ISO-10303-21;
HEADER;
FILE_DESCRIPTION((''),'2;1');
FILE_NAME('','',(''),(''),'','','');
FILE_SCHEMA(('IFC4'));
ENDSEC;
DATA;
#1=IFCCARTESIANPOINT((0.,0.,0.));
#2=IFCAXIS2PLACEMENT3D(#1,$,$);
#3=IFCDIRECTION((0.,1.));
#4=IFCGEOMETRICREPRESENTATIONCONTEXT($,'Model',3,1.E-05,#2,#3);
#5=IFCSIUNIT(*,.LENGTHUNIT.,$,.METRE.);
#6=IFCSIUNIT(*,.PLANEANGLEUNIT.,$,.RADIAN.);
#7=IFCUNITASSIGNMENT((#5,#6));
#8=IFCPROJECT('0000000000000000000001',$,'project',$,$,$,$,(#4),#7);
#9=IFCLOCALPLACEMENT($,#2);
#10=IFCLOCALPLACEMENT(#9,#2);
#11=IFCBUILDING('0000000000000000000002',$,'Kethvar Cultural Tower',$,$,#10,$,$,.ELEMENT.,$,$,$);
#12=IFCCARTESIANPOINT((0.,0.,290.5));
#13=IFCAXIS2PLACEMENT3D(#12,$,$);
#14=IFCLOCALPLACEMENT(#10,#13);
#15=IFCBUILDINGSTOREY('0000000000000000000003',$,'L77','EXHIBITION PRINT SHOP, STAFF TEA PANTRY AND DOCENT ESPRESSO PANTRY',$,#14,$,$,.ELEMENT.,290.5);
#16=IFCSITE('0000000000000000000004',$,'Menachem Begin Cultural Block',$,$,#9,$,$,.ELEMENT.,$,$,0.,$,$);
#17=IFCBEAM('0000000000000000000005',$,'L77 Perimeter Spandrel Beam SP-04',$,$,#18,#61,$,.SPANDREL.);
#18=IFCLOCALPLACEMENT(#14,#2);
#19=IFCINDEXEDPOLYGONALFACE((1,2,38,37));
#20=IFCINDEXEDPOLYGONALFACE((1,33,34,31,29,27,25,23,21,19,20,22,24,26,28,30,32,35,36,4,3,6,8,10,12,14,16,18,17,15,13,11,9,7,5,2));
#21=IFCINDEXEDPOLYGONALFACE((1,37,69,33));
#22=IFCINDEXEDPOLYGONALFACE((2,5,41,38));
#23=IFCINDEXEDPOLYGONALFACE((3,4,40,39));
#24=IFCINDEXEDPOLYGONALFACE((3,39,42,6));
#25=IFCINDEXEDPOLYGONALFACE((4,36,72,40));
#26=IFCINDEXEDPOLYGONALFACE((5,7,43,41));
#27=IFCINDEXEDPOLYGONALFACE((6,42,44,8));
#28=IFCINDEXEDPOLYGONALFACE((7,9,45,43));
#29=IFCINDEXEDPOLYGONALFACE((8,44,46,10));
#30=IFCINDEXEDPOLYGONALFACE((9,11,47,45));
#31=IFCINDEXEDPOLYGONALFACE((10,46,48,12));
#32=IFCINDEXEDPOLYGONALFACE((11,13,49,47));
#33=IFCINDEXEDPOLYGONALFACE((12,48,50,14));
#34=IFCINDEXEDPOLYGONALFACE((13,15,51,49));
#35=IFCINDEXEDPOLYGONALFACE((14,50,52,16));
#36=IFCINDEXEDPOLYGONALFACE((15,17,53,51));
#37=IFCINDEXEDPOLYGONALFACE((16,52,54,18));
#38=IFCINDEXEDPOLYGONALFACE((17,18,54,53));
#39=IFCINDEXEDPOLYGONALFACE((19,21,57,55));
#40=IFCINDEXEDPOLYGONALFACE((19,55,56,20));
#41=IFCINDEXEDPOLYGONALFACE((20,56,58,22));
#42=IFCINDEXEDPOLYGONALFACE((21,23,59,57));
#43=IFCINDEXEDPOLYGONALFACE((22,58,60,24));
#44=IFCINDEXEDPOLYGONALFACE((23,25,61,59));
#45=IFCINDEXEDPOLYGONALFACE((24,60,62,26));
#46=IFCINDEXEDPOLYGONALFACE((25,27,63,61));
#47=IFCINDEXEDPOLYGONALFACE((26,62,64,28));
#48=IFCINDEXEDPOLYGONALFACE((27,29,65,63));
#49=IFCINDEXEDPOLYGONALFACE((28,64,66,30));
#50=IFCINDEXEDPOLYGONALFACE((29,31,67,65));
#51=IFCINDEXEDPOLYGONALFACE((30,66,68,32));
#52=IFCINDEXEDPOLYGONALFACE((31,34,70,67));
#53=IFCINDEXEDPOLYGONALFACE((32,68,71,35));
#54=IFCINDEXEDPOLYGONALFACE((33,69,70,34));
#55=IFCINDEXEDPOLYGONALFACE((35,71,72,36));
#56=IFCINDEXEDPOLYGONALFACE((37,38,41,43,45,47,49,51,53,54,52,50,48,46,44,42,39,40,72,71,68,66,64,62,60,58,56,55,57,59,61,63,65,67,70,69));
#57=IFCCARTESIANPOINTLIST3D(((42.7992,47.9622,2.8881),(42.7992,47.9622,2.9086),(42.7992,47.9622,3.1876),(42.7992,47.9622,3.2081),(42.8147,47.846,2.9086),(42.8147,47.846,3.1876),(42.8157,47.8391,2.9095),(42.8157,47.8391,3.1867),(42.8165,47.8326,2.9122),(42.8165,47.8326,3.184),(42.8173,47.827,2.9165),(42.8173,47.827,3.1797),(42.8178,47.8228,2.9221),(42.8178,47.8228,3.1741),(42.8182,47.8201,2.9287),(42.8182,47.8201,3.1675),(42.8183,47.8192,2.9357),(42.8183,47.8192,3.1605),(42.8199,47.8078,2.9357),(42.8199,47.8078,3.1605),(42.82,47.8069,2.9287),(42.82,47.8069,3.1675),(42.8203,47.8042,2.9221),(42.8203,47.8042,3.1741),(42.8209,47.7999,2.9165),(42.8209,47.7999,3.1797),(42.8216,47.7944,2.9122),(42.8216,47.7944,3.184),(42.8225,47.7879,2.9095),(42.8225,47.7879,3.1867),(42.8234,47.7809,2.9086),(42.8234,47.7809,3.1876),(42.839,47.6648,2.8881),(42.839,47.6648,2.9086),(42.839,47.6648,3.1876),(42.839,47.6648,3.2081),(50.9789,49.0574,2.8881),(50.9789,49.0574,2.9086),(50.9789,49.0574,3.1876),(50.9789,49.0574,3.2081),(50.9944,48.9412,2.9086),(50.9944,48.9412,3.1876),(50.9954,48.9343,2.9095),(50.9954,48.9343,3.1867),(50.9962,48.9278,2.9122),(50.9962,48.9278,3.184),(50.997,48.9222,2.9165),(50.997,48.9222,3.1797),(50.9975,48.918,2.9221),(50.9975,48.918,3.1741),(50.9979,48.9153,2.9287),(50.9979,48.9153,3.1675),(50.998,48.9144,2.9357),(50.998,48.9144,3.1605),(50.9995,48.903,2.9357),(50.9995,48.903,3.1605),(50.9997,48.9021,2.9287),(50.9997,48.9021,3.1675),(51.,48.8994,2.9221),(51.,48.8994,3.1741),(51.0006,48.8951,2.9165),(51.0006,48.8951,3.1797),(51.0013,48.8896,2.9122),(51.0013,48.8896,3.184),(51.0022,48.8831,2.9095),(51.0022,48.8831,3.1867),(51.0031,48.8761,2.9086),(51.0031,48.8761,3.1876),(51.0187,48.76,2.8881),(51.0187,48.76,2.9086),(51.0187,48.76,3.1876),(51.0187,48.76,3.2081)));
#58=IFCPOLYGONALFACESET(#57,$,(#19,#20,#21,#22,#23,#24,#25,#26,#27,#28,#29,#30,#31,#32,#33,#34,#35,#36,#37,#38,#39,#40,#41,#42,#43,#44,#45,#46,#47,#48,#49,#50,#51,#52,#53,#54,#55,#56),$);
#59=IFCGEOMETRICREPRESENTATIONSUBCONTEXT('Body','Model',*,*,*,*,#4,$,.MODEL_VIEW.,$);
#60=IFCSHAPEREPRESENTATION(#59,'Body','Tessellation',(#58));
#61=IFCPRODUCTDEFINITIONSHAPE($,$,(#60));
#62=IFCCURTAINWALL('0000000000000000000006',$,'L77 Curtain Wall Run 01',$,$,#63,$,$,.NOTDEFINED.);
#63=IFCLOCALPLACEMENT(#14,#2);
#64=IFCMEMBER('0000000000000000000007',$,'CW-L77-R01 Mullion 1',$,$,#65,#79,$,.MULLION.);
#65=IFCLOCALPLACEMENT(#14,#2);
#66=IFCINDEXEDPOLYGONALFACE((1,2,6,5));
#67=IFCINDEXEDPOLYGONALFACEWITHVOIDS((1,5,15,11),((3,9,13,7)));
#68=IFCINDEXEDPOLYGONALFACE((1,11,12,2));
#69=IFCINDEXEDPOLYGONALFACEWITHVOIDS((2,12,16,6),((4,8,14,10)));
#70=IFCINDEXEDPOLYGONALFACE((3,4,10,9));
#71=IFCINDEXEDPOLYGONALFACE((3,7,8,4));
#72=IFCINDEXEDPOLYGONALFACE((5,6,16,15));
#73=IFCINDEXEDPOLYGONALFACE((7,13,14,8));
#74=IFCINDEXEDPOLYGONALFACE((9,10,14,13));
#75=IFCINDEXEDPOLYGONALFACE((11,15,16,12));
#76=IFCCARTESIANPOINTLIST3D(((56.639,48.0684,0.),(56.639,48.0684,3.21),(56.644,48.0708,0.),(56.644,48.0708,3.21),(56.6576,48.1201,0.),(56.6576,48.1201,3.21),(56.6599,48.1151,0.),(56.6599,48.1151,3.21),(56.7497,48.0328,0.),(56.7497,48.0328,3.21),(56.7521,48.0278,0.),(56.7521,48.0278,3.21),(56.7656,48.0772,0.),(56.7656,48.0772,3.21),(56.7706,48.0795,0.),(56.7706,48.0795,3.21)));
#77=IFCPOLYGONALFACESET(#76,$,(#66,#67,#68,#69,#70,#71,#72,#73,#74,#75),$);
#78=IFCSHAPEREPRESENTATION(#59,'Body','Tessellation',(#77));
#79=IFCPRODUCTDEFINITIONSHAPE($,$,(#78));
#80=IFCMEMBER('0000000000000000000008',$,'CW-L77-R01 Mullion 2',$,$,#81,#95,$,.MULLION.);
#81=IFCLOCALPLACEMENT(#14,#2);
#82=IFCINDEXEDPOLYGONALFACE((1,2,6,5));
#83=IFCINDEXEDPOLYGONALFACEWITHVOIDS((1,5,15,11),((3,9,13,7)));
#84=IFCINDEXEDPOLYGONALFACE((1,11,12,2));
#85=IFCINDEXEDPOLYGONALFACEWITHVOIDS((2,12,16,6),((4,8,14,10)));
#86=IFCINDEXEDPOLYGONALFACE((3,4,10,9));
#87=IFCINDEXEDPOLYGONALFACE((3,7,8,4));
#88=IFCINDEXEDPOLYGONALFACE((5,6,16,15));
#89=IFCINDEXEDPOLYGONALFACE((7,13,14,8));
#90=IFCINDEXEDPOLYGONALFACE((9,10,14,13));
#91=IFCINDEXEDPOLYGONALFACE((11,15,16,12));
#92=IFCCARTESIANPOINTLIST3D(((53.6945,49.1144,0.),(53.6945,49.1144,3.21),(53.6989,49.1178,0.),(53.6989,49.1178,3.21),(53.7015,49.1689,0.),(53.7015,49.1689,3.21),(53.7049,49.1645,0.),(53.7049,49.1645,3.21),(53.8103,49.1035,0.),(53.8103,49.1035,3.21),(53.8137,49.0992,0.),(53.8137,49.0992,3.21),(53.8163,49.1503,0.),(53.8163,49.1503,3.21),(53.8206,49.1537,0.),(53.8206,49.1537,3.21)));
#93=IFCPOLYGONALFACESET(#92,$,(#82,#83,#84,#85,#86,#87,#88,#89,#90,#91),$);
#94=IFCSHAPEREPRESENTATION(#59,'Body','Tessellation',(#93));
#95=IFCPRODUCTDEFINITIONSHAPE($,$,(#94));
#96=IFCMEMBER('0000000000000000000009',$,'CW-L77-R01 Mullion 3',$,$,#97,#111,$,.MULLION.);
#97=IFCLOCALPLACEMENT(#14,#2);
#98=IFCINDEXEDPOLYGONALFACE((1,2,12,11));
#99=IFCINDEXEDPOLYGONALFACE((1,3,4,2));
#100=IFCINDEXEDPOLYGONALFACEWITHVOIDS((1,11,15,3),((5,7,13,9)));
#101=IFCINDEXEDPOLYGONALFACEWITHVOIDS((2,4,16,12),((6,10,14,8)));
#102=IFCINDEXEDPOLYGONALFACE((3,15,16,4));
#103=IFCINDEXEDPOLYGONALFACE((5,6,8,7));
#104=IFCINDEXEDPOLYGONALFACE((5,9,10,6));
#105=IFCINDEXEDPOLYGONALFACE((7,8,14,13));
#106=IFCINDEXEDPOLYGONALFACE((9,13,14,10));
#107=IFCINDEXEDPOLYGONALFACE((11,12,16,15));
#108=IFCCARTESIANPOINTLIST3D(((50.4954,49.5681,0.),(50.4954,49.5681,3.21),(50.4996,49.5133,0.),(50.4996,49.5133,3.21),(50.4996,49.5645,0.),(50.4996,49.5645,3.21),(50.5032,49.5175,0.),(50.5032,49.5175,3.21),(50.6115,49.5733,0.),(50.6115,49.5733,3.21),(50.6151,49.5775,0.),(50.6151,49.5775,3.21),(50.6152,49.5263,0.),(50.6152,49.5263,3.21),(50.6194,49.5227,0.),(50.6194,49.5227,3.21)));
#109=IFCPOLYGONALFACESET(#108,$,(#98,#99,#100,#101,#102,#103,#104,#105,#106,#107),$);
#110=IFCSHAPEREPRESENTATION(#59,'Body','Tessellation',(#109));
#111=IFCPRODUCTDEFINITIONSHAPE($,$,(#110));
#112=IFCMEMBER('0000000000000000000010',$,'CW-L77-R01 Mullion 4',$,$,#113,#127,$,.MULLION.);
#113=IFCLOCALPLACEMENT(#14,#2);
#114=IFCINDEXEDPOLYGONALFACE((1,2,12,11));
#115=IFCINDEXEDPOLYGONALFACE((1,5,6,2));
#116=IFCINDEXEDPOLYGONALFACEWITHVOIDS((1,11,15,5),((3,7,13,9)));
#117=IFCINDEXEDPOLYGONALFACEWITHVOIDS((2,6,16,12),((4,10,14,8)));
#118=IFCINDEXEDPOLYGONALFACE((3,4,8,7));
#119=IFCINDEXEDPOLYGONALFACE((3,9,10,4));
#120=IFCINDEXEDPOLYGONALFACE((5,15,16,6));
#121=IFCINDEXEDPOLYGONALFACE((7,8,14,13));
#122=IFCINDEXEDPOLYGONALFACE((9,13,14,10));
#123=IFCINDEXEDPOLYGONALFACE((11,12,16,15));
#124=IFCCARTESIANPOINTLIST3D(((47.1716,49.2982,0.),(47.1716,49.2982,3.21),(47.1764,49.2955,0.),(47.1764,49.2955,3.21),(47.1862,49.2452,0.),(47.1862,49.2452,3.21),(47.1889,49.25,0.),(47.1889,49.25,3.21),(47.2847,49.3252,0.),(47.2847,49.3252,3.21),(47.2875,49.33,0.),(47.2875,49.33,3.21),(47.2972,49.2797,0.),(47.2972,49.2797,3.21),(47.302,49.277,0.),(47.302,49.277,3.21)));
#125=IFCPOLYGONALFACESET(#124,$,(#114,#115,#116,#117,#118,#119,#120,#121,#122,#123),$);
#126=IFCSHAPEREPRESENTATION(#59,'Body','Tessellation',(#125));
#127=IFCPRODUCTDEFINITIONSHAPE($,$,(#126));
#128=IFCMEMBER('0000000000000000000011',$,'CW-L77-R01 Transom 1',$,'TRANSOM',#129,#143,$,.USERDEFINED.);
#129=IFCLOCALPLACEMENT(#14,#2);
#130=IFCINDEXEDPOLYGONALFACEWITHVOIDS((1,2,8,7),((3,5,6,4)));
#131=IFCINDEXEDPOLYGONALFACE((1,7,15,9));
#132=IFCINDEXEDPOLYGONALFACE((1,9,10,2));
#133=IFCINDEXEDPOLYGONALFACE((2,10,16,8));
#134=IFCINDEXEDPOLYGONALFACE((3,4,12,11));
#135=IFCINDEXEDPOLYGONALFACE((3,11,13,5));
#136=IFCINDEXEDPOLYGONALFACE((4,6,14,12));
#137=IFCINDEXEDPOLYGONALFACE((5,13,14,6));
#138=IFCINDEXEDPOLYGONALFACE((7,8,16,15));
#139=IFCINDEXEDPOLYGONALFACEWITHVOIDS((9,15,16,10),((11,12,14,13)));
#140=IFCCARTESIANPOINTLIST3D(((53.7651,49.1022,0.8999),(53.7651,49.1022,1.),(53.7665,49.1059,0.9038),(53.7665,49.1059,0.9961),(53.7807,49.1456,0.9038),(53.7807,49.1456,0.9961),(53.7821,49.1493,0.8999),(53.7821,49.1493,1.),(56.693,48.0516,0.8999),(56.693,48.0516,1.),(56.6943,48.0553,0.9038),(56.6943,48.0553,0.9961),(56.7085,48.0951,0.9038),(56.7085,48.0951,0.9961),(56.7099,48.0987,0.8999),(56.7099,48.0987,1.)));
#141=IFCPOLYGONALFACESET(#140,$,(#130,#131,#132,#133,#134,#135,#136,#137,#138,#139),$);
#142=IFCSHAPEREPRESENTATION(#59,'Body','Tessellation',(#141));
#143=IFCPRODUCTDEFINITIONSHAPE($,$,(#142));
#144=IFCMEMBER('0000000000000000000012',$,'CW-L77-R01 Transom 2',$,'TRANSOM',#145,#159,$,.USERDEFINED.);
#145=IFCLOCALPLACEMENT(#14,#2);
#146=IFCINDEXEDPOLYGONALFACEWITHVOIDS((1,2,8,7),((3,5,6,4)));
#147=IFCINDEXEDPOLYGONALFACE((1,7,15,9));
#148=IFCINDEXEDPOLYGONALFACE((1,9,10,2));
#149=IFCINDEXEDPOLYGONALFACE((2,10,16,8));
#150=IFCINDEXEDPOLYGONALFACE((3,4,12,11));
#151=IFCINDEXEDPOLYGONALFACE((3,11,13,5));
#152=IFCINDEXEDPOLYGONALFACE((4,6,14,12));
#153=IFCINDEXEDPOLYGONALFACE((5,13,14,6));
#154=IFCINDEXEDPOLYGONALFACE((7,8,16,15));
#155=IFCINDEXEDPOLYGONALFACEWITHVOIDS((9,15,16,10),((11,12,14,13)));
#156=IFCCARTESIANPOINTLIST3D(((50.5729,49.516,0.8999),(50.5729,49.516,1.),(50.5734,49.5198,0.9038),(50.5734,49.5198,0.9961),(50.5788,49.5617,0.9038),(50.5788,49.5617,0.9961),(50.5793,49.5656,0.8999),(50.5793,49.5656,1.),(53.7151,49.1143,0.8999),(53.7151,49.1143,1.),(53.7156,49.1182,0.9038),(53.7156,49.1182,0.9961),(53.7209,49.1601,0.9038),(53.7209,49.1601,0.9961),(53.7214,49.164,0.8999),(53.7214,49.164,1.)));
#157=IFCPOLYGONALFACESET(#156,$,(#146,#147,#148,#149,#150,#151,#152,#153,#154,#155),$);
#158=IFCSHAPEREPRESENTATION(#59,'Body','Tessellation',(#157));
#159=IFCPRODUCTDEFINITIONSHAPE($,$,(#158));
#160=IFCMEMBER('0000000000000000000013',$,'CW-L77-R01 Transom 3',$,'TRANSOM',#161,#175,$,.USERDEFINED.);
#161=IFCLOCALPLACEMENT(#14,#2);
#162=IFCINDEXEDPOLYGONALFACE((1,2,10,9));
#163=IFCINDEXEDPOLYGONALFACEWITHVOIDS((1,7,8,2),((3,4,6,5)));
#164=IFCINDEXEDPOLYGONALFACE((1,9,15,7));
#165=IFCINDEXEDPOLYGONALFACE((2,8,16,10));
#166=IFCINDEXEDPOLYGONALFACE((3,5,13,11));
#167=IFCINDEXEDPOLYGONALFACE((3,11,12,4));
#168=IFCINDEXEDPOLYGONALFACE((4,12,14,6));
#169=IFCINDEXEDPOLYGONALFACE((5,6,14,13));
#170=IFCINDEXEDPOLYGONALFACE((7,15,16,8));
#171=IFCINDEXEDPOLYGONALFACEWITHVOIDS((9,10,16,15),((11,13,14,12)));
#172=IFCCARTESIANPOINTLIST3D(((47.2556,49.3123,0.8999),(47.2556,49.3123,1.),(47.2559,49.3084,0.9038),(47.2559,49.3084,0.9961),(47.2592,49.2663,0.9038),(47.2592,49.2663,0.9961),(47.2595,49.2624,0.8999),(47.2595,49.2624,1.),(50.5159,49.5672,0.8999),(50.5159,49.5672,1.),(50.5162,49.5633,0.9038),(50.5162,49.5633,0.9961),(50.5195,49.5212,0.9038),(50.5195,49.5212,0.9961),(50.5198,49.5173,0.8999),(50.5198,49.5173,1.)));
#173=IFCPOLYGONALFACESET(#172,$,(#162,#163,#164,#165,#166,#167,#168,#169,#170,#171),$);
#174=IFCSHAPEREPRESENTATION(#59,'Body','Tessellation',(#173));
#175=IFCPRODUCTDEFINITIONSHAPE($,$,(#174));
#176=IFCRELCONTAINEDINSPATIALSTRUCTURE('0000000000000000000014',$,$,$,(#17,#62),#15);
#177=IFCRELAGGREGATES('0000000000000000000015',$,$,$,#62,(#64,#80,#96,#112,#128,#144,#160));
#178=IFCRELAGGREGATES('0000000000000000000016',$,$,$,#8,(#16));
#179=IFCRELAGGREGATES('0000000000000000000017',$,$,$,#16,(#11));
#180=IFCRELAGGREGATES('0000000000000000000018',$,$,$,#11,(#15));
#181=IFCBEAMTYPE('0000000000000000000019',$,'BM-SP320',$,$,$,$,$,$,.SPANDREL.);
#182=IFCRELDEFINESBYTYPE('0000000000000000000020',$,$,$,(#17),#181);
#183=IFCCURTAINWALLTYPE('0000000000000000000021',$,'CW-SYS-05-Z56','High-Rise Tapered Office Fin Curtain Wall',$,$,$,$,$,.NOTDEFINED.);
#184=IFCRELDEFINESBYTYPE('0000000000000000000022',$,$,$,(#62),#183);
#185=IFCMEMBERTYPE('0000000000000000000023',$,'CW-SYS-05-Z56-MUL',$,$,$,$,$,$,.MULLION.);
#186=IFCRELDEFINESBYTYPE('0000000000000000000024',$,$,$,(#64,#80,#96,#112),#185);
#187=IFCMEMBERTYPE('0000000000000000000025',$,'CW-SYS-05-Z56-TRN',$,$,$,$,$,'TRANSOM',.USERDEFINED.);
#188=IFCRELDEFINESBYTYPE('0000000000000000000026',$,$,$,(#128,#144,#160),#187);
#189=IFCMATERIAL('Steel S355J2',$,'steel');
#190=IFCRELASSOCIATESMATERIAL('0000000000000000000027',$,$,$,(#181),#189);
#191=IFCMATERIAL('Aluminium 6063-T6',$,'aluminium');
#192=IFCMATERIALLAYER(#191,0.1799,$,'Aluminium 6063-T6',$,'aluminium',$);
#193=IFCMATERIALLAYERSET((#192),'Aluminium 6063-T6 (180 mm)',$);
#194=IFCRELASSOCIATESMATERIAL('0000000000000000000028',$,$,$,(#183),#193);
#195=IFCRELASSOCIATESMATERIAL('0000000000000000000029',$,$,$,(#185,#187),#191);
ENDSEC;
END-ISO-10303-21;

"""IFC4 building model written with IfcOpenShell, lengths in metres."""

from ifc_helpers import new_model, si_unit, direction, frame, origin, origin_2d, place, context, subcontext, project, spatial, hollow_rectangle, i_section, extrude, source, transform, mapped, material, layer, layer_set, material_profile, profile_set, type_object, element, aggregate, save


model = new_model("IFC4")

# Units and contexts
model_context = context("Model", 3, precision=1e-05, world=origin(), true_north=direction((0.0, 1.0)))
body_context = subcontext(model_context, "Body", "Model", "MODEL_VIEW")
ifc_project = project(units=[si_unit("LENGTHUNIT", "METRE"), si_unit("PLANEANGLEUNIT", "RADIAN")], contexts=[model_context])

# Site, building, storey
site_placement = place(None, origin())
site = spatial("IfcSite", under=ifc_project, at=site_placement, Name="Menachem Begin Cultural Block", CompositionType="ELEMENT", RefElevation=0.0)
building_placement = place(site_placement, origin())
building = spatial("IfcBuilding", under=site, at=building_placement, Name="Kethvar Cultural Tower", CompositionType="ELEMENT")
storey_placement = place(building_placement, frame((0.0, 0.0, 290.5)))
storey = spatial("IfcBuildingStorey", under=building, at=storey_placement, Name="L77", Description="EXHIBITION PRINT SHOP, STAFF TEA PANTRY AND DOCENT ESPRESSO PANTRY", CompositionType="ELEMENT", Elevation=290.5)

# Shared definitions
ifc_material_1 = material(Name="Steel S355J2", Category="steel")

# Beam
ifc_material_profile_1 = material_profile(ifc_material_1, i_section(OverallWidth=0.3, OverallDepth=0.3201, WebThickness=0.0115, FlangeThickness=0.0205, FilletRadius=0.0271, at=origin_2d()), Name="Steel S355J2 — HEB320")
ifc_profile_set_1 = profile_set([ifc_material_profile_1], Name="Steel S355J2 — HEB320")
beam_type_1 = type_object("IfcBeamType", Name="BM-SP320", PredefinedType="SPANDREL", material=ifc_profile_set_1)
shared_shape_1 = source(origin(), body_context, "Body", "SweptSolid", [
    extrude(i_section(OverallWidth=0.3, OverallDepth=0.3201, WebThickness=0.0115, FlangeThickness=0.0205, FilletRadius=0.0271, at=origin_2d()), origin(), (0.0, 0.0, 1.0), 8.2527),
])
beam_1_placement = place(storey_placement, frame((50.9988, 48.9087, 3.0481), z_axis=(-0.991155, -0.13271, 0.0), x_axis=(0.13271, -0.991155, 0.0)))
element("IfcBeam", 1, at=beam_1_placement, inside=storey, type_object=beam_type_1, Name="L77 Perimeter Spandrel Beam SP-04", PredefinedType="SPANDREL", context=body_context, shape_type="MappedRepresentation", body=[
    mapped(shared_shape_1, transform((0.0, 0.0, 0.0), scale=1.0)),
])

# Curtain wall, members
ifc_material_2 = material(Name="Aluminium 6063-T6", Category="aluminium")
ifc_layer_1 = layer(ifc_material_2, 0.1799, Name="Aluminium 6063-T6", Category="aluminium")
ifc_layer_set_1 = layer_set([ifc_layer_1], Name="Aluminium 6063-T6 (180 mm)")
curtain_wall_type = type_object("IfcCurtainWallType", Name="CW-SYS-05-Z56", Description="High-Rise Tapered Office Fin Curtain Wall", PredefinedType="NOTDEFINED", material=ifc_layer_set_1)
curtain_wall_placement = place(storey_placement, origin())
curtain_wall = element("IfcCurtainWall", 2, at=curtain_wall_placement, inside=storey, type_object=curtain_wall_type, Name="L77 Curtain Wall Run 01", PredefinedType="NOTDEFINED")
ifc_material_profile_2 = material_profile(ifc_material_2, hollow_rectangle(XDim=0.0549, YDim=0.1201, WallThickness=0.0039, at=origin_2d()), Name="Aluminium 6063-T6 — RHS120x55x4")
ifc_profile_set_2 = profile_set([ifc_material_profile_2], Name="Aluminium 6063-T6 — RHS120x55x4")
member_type_1 = type_object("IfcMemberType", Name="CW-SYS-05-Z56-MUL", PredefinedType="MULLION", material=ifc_profile_set_2)
shared_shape_2 = source(origin(), body_context, "Body", "SweptSolid", [
    extrude(hollow_rectangle(XDim=0.0549, YDim=0.1201, WallThickness=0.0039, at=origin_2d()), origin(), (0.0, 0.0, 1.0), 3.21),
])
member_1_placement = place(storey_placement, frame((56.7048, 48.074, 0.0), z_axis=(0.0, 0.0, 1.0), x_axis=(-0.337769, -0.941229, 0.0)))
member_1 = element("IfcMember", 3, at=member_1_placement, type_object=member_type_1, Name="CW-L77-R01 Mullion 1", PredefinedType="MULLION", context=body_context, shape_type="MappedRepresentation", body=[
    mapped(shared_shape_2, transform((0.0, 0.0, 0.0), scale=1.0)),
])
member_2_placement = place(storey_placement, frame((53.7576, 49.134, 0.0), z_axis=(0.0, 0.0, 1.0), x_axis=(-0.126788, -0.99193, 0.0)))
member_2 = element("IfcMember", 4, at=member_2_placement, type_object=member_type_1, Name="CW-L77-R01 Mullion 2", PredefinedType="MULLION", context=body_context, shape_type="MappedRepresentation", body=[
    mapped(shared_shape_2, transform((0.0, 0.0, 0.0), scale=1.0)),
])
member_3_placement = place(storey_placement, frame((50.5574, 49.5454, 0.0), z_axis=(0.0, 0.0, 1.0), x_axis=(0.077955, -0.996957, 0.0)))
member_3 = element("IfcMember", 5, at=member_3_placement, type_object=member_type_1, Name="CW-L77-R01 Mullion 3", PredefinedType="MULLION", context=body_context, shape_type="MappedRepresentation", body=[
    mapped(shared_shape_2, transform((0.0, 0.0, 0.0), scale=1.0)),
])
member_4_placement = place(storey_placement, frame((47.2368, 49.2876, 0.0), z_axis=(0.0, 0.0, 1.0), x_axis=(0.264344, -0.964428, 0.0)))
member_4 = element("IfcMember", 6, at=member_4_placement, type_object=member_type_1, Name="CW-L77-R01 Mullion 4", PredefinedType="MULLION", context=body_context, shape_type="MappedRepresentation", body=[
    mapped(shared_shape_2, transform((0.0, 0.0, 0.0), scale=1.0)),
])
ifc_material_profile_3 = material_profile(ifc_material_2, hollow_rectangle(XDim=0.05, YDim=0.1001, WallThickness=0.0039, at=origin_2d()), Name="Aluminium 6063-T6 — RHS100x50x4")
ifc_profile_set_3 = profile_set([ifc_material_profile_3], Name="Aluminium 6063-T6 — RHS100x50x4")
member_type_2 = type_object("IfcMemberType", Name="CW-SYS-05-Z56-TRN", ElementType="TRANSOM", PredefinedType="USERDEFINED", material=ifc_profile_set_3)
shared_shape_3 = source(origin(), body_context, "Body", "SweptSolid", [
    extrude(hollow_rectangle(XDim=0.05, YDim=0.1001, WallThickness=0.0039, at=origin_2d()), origin(), (0.0, 0.0, 1.0), 3.1106),
])
member_5_placement = place(storey_placement, frame((56.7014, 48.0752, 0.95), z_axis=(-0.94124, 0.337738, 0.0), x_axis=(-0.337738, -0.94124, 0.0)))
member_5 = element("IfcMember", 7, at=member_5_placement, type_object=member_type_2, Name="CW-L77-R01 Transom 1", ObjectType="TRANSOM", PredefinedType="USERDEFINED", context=body_context, shape_type="MappedRepresentation", body=[
    mapped(shared_shape_3, transform((0.0, 0.0, 0.0), scale=1.0)),
])
shared_shape_4 = source(origin(), body_context, "Body", "SweptSolid", [
    extrude(hollow_rectangle(XDim=0.05, YDim=0.1001, WallThickness=0.0039, at=origin_2d()), origin(), (0.0, 0.0, 1.0), 3.1677),
])
member_6_placement = place(storey_placement, frame((53.7183, 49.1392, 0.95), z_axis=(-0.99193, 0.126785, 0.0), x_axis=(-0.126785, -0.99193, 0.0)))
member_6 = element("IfcMember", 8, at=member_6_placement, type_object=member_type_2, Name="CW-L77-R01 Transom 2", ObjectType="TRANSOM", PredefinedType="USERDEFINED", context=body_context, shape_type="MappedRepresentation", body=[
    mapped(shared_shape_4, transform((0.0, 0.0, 0.0), scale=1.0)),
])
shared_shape_5 = source(origin(), body_context, "Body", "SweptSolid", [
    extrude(hollow_rectangle(XDim=0.05, YDim=0.1001, WallThickness=0.0039, at=origin_2d()), origin(), (0.0, 0.0, 1.0), 3.2703),
])
member_7_placement = place(storey_placement, frame((50.5178, 49.5422, 0.95), z_axis=(-0.996958, -0.077941, 0.0), x_axis=(0.077941, -0.996958, 0.0)))
member_7 = element("IfcMember", 9, at=member_7_placement, type_object=member_type_2, Name="CW-L77-R01 Transom 3", ObjectType="TRANSOM", PredefinedType="USERDEFINED", context=body_context, shape_type="MappedRepresentation", body=[
    mapped(shared_shape_5, transform((0.0, 0.0, 0.0), scale=1.0)),
])
aggregate(curtain_wall, [member_1, member_2, member_3, member_4, member_5, member_6, member_7])

save(model, "model.ifc")
